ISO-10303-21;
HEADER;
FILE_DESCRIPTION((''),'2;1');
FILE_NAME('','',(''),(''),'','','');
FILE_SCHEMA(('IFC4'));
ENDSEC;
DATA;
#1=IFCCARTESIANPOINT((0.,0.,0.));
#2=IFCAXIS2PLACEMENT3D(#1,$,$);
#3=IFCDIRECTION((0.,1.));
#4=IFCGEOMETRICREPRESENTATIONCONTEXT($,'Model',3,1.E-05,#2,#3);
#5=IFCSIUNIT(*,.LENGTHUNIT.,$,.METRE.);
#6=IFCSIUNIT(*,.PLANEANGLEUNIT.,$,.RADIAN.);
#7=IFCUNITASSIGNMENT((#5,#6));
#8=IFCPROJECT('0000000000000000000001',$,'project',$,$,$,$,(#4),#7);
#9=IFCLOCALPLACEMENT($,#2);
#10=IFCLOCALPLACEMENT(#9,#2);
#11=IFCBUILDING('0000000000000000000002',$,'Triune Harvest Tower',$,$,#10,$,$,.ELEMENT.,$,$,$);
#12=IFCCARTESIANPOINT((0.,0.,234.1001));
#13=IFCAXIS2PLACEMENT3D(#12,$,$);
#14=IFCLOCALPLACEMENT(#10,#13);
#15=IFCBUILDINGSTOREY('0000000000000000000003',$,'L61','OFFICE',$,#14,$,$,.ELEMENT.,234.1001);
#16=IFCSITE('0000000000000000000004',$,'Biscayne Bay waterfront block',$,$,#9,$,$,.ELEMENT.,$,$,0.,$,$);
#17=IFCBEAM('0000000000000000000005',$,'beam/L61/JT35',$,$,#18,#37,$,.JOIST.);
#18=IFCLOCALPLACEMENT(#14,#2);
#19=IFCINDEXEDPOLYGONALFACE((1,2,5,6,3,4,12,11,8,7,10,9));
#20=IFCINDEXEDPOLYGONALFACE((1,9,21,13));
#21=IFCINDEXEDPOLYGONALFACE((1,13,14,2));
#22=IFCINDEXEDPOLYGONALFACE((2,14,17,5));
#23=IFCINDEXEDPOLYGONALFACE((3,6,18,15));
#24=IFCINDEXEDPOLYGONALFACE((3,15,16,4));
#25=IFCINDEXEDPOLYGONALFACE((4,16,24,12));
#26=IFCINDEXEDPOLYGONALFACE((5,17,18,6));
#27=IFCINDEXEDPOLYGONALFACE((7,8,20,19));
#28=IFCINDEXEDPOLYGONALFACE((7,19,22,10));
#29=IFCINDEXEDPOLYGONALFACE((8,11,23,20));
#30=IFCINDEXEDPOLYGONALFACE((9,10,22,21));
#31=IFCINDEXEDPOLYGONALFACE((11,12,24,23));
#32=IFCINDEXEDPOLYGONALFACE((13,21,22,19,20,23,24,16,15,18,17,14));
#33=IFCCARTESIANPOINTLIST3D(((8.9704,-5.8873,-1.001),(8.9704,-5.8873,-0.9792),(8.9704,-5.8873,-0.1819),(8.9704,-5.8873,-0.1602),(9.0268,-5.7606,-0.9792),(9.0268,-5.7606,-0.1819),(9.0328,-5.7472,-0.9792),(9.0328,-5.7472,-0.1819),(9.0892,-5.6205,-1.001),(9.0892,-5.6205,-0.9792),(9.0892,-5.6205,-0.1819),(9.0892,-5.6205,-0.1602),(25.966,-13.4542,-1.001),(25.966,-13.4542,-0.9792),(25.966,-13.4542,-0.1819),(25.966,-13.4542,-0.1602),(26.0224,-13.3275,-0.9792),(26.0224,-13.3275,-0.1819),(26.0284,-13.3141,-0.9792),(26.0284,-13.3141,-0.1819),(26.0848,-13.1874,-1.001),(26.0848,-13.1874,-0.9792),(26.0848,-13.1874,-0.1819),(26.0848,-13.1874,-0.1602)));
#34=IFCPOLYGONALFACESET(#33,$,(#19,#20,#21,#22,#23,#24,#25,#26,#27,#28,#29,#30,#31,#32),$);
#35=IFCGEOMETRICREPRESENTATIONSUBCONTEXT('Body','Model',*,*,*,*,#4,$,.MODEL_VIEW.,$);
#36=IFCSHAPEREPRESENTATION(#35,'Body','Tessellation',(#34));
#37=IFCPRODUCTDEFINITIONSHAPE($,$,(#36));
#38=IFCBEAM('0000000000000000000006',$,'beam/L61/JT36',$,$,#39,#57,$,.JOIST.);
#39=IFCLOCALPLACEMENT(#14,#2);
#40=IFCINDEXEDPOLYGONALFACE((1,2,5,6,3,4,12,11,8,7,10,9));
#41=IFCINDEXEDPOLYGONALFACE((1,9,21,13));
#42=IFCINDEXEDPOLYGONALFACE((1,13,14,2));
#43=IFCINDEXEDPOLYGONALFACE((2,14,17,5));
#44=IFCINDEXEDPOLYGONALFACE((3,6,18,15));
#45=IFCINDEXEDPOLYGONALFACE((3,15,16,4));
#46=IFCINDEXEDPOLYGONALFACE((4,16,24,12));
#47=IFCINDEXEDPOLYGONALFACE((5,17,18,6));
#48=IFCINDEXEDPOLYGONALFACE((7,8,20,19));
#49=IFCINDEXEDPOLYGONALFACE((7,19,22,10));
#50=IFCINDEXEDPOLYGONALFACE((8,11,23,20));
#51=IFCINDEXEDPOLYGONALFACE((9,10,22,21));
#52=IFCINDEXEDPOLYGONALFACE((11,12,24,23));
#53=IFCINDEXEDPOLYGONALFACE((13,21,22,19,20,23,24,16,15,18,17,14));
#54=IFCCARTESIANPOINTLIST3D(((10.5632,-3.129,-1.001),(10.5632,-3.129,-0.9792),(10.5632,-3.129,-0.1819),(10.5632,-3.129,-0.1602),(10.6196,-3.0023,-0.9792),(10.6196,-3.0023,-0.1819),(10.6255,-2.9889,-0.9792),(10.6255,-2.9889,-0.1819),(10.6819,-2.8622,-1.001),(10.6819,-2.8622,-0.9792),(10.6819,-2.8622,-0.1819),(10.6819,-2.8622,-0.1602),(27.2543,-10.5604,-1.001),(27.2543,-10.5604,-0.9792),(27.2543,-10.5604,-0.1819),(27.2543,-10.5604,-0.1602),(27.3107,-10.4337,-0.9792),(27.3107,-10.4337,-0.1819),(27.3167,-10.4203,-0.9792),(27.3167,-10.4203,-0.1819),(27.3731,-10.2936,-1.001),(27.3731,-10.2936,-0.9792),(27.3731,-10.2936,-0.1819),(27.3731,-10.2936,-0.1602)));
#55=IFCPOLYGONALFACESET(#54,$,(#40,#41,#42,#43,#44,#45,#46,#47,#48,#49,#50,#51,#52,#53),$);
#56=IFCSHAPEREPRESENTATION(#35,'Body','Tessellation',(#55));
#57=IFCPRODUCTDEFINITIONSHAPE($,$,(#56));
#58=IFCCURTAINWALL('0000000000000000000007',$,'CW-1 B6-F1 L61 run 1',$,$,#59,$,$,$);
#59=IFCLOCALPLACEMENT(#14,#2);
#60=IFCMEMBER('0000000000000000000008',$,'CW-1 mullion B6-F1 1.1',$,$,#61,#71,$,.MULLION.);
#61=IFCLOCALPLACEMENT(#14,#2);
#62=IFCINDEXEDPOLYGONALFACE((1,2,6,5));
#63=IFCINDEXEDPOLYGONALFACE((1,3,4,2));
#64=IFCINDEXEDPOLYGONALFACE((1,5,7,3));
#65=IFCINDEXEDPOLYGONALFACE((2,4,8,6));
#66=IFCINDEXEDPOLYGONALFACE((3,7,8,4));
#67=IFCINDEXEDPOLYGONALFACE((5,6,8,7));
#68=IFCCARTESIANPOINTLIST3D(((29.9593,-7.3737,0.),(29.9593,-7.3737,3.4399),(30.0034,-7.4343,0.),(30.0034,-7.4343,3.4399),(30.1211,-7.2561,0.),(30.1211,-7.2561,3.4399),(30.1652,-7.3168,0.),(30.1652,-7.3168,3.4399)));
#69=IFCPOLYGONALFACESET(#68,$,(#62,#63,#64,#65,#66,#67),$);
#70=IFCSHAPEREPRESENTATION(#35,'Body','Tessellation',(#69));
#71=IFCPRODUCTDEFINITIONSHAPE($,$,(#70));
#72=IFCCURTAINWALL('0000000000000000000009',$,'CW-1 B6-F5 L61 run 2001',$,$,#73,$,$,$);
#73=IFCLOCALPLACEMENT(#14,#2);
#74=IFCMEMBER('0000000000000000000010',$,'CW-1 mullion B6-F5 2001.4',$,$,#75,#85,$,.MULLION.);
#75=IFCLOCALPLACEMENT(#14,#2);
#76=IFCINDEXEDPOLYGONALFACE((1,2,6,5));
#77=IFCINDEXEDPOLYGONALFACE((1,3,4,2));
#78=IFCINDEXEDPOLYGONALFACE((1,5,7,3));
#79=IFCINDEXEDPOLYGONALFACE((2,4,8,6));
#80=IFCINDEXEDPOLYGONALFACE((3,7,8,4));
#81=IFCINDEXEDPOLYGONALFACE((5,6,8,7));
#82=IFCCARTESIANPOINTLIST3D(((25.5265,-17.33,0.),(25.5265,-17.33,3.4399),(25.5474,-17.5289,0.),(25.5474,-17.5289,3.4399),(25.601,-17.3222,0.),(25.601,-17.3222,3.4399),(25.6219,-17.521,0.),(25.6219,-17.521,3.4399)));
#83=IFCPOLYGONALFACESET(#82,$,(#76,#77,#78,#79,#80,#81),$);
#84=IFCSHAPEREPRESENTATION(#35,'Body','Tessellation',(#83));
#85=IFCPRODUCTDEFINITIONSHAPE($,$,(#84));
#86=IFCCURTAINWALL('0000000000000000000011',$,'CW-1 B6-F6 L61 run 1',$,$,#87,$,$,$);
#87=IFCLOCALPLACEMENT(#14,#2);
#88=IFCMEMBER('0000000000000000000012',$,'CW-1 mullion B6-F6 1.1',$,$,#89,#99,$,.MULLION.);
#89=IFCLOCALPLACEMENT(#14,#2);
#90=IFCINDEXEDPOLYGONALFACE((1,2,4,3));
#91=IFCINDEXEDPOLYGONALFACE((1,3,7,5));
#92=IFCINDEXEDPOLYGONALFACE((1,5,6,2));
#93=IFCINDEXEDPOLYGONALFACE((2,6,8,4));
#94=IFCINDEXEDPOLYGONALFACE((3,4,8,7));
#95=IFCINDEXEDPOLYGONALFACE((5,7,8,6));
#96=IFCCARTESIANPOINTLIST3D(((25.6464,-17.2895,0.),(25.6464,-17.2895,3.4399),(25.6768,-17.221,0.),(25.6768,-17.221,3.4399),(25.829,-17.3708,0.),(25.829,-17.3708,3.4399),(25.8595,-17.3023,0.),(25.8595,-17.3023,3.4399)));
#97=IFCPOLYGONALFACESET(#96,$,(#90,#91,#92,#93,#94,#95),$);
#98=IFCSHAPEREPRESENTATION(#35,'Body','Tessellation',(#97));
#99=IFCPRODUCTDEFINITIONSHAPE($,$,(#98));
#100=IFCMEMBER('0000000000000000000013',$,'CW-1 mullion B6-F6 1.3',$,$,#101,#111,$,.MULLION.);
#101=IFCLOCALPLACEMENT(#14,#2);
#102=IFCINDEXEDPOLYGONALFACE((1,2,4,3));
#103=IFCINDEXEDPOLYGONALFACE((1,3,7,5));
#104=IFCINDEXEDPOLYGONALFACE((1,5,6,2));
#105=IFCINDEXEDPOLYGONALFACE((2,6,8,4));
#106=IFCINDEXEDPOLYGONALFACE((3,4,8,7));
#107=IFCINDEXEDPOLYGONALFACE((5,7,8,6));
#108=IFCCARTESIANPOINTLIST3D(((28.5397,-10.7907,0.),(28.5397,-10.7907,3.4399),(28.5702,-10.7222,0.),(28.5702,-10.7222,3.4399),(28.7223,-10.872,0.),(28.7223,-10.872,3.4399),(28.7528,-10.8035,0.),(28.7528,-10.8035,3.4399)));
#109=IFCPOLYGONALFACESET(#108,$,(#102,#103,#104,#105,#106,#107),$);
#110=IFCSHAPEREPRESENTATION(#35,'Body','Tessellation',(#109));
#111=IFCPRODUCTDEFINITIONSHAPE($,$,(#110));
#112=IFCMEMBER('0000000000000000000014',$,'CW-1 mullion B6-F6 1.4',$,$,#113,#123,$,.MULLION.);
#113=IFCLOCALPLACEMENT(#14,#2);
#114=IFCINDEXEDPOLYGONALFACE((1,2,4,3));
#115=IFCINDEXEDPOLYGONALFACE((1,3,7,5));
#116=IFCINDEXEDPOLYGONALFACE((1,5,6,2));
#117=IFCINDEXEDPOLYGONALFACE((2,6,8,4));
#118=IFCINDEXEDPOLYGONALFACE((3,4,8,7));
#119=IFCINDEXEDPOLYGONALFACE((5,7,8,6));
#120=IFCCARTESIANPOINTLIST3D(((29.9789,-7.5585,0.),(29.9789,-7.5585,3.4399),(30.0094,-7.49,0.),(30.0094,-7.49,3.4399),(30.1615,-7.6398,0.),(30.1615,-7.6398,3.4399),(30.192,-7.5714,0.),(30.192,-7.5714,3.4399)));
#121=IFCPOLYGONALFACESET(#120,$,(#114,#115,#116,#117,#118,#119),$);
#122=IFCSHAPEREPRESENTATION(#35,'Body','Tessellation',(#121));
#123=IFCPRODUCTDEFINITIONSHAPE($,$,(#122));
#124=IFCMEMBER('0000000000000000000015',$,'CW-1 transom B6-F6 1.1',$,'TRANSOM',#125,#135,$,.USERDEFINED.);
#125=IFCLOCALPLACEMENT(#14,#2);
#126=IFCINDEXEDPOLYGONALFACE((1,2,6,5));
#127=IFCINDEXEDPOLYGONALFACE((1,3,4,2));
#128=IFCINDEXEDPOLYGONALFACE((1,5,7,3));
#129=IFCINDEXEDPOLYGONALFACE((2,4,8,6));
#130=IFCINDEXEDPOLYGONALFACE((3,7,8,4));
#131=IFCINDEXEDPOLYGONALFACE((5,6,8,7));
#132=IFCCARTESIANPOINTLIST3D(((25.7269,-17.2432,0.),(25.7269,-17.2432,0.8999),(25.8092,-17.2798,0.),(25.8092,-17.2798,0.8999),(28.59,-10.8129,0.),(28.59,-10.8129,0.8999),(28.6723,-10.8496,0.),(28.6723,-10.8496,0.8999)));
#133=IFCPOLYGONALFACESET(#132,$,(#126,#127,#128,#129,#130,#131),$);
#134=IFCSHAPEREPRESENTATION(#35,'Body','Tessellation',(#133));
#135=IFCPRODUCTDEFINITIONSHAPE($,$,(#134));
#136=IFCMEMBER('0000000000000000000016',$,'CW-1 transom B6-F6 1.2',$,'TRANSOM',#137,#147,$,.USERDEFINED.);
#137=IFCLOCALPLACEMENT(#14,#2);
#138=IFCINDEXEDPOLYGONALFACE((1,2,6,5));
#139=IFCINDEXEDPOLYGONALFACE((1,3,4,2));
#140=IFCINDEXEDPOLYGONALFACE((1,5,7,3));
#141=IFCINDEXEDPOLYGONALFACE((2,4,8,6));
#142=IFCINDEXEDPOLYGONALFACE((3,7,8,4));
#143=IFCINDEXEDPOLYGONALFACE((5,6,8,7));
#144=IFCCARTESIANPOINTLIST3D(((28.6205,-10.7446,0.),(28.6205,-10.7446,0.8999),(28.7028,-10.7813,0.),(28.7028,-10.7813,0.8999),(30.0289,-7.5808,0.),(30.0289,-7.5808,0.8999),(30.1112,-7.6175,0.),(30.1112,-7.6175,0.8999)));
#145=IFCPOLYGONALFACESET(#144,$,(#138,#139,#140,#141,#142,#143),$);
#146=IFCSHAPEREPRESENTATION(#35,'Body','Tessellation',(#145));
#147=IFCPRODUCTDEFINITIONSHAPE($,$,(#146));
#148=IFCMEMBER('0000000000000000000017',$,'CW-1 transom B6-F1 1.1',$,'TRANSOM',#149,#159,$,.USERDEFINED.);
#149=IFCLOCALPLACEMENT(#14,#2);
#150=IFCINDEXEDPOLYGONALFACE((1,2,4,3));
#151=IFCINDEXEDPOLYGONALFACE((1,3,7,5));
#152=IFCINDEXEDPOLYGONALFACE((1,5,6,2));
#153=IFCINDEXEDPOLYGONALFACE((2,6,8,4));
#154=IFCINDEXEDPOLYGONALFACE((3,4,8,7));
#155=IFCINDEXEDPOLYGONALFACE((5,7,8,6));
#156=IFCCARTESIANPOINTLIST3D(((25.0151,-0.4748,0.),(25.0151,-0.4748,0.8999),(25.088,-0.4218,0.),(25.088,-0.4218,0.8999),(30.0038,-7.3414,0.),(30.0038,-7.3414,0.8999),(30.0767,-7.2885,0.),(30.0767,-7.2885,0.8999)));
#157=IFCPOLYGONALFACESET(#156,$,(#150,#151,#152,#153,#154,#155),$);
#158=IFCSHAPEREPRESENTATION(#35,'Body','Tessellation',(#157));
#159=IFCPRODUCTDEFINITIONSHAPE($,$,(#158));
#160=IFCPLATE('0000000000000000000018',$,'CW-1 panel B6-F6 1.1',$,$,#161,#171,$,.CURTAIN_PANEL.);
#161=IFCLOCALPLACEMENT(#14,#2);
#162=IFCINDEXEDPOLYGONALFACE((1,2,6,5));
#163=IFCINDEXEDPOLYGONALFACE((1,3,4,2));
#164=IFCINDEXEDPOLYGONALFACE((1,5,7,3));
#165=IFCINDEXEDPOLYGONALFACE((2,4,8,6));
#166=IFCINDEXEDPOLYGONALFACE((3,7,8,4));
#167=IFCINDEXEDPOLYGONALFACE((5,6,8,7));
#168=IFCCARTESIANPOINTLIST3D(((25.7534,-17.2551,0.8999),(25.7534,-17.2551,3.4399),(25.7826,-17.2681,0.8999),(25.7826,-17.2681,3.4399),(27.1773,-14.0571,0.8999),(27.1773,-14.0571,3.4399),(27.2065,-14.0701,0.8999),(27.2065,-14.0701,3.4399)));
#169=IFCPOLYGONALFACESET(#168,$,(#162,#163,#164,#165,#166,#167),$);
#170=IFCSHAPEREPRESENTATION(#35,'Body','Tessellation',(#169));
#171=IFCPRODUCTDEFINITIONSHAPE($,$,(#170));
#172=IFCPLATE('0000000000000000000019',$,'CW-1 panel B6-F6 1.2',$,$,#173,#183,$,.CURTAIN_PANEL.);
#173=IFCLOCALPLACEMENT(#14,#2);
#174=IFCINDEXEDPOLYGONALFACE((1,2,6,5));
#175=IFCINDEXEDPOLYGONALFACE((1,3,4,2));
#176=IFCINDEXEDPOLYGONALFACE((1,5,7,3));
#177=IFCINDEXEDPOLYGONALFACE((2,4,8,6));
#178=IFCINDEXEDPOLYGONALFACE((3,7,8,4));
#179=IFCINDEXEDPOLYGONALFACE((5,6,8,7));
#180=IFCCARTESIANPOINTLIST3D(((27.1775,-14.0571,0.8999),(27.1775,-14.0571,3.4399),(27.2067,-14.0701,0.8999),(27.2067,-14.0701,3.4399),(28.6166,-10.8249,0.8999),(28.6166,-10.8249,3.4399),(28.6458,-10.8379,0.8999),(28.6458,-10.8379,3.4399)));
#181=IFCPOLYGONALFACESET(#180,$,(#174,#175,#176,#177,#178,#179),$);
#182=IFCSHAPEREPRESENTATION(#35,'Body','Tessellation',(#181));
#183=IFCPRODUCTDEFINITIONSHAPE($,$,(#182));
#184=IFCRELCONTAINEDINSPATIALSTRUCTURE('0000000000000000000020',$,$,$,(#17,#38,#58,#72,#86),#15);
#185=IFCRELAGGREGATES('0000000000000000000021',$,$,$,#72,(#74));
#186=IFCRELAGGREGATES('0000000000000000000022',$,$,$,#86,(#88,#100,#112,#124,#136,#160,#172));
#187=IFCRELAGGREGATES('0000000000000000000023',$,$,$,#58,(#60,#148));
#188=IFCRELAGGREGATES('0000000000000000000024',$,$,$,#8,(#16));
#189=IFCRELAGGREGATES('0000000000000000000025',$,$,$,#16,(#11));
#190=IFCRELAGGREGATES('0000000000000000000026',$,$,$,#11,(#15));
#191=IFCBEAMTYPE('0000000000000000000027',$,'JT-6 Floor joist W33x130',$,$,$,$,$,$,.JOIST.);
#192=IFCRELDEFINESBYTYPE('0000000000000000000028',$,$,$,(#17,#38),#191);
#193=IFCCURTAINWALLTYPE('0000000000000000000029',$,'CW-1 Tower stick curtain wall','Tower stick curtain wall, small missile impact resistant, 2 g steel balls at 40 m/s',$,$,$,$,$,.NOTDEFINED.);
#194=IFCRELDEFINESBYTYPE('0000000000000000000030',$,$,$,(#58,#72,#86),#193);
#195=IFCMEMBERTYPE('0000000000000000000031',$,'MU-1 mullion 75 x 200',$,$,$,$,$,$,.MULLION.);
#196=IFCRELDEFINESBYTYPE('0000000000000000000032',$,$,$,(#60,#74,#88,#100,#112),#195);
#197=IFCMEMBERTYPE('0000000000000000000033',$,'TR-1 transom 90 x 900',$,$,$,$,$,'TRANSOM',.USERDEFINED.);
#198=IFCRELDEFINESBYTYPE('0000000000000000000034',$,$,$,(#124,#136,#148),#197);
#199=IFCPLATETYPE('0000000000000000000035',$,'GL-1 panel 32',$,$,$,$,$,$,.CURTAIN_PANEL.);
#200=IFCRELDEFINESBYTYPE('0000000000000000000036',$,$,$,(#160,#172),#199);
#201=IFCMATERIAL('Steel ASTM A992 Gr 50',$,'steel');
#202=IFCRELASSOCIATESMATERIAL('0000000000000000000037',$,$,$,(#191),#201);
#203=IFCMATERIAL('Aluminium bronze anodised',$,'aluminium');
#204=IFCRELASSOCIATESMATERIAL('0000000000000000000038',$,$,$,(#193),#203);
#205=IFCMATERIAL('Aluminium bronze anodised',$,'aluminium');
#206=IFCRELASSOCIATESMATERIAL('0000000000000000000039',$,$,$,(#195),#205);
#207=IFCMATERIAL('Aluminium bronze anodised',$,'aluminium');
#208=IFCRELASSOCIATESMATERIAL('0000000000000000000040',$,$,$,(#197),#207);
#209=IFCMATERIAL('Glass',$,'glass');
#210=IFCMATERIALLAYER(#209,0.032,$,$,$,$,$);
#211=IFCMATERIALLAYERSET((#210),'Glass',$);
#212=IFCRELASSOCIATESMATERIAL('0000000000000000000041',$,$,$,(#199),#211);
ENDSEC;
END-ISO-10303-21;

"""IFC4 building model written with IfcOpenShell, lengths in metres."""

from ifc_helpers import new_model, si_unit, direction, frame, origin, origin_2d, place, context, subcontext, project, spatial, rectangle, i_section, extrude, source, transform, mapped, material, layer, layer_set, material_profile, profile_set, type_object, element, aggregate, save


model = new_model("IFC4")

# Units and contexts
model_context = context("Model", 3, precision=1e-05, world=origin(), true_north=direction((0.0, 1.0)))
body_context = subcontext(model_context, "Body", "Model", "MODEL_VIEW")
ifc_project = project(units=[si_unit("LENGTHUNIT", "METRE"), si_unit("PLANEANGLEUNIT", "RADIAN")], contexts=[model_context])

# Site, building, storey
site_placement = place(None, origin())
site = spatial("IfcSite", under=ifc_project, at=site_placement, Name="Biscayne Bay waterfront block", CompositionType="ELEMENT", RefElevation=0.0)
building_placement = place(site_placement, origin())
building = spatial("IfcBuilding", under=site, at=building_placement, Name="Triune Harvest Tower", CompositionType="ELEMENT")
storey_placement = place(building_placement, frame((0.0, 0.0, 234.1001)))
storey = spatial("IfcBuildingStorey", under=building, at=storey_placement, Name="L61", Description="OFFICE", CompositionType="ELEMENT", Elevation=234.1001)

# Beams
ifc_material_1 = material(Name="Steel ASTM A992 Gr 50", Category="steel")
ifc_material_profile_1 = material_profile(ifc_material_1, i_section(OverallWidth=0.292, OverallDepth=0.8408, WebThickness=0.0146, FlangeThickness=0.0217, at=origin_2d()), Name="W33x130")
ifc_profile_set_1 = profile_set([ifc_material_profile_1], Name="Steel ASTM A992 Gr 50")
beam_type_1 = type_object("IfcBeamType", Name="JT-6 Floor joist W33x130", PredefinedType="JOIST", material=ifc_profile_set_1)
shared_shape_1 = source(origin(), body_context, "Body", "SweptSolid", [
    extrude(i_section(OverallWidth=0.292, OverallDepth=0.8408, WebThickness=0.0146, FlangeThickness=0.0217, at=origin_2d()), origin(), (0.0, 0.0, 1.0), 18.604),
])
beam_1_placement = place(storey_placement, frame((26.0254, -13.3208, -0.5806), z_axis=(-0.913546, 0.406735, 0.0), x_axis=(-0.406735, -0.913546, 0.0)))
element("IfcBeam", 1, at=beam_1_placement, inside=storey, type_object=beam_type_1, Name="beam/L61/JT35", PredefinedType="JOIST", context=body_context, shape_type="MappedRepresentation", body=[
    mapped(shared_shape_1, transform((0.0, 0.0, 0.0), scale=1.0)),
])
shared_shape_2 = source(origin(), body_context, "Body", "SweptSolid", [
    extrude(i_section(OverallWidth=0.292, OverallDepth=0.8408, WebThickness=0.0146, FlangeThickness=0.0217, at=origin_2d()), origin(), (0.0, 0.0, 1.0), 18.2708),
])
beam_2_placement = place(storey_placement, frame((27.3137, -10.427, -0.5806), z_axis=(-0.913545, 0.406737, 0.0), x_axis=(-0.406737, -0.913545, 0.0)))
element("IfcBeam", 2, at=beam_2_placement, inside=storey, type_object=beam_type_1, Name="beam/L61/JT36", PredefinedType="JOIST", context=body_context, shape_type="MappedRepresentation", body=[
    mapped(shared_shape_2, transform((0.0, 0.0, 0.0), scale=1.0)),
])

# Curtain walls, members
ifc_material_2 = material(Name="Aluminium bronze anodised", Category="aluminium")
curtain_wall_type = type_object("IfcCurtainWallType", Name="CW-1 Tower stick curtain wall", Description="Tower stick curtain wall, small missile impact resistant, 2 g steel balls at 40 m/s", PredefinedType="NOTDEFINED", material=ifc_material_2)
curtain_wall_1_placement = place(storey_placement, origin())
curtain_wall_1 = element("IfcCurtainWall", 3, at=curtain_wall_1_placement, inside=storey, type_object=curtain_wall_type, Name="CW-1 B6-F1 L61 run 1")
ifc_material_3 = material(Name="Aluminium bronze anodised", Category="aluminium")
ifc_material_profile_2 = material_profile(ifc_material_3, rectangle(XDim=0.2, YDim=0.075, at=origin_2d()), Name="MU-1 mullion 75 x 200")
ifc_profile_set_2 = profile_set([ifc_material_profile_2], Name="Aluminium bronze anodised")
member_type_1 = type_object("IfcMemberType", Name="MU-1 mullion 75 x 200", PredefinedType="MULLION", material=ifc_profile_set_2)
shared_shape_3 = source(origin(), body_context, "Body", "SweptSolid", [
    extrude(rectangle(XDim=0.2, YDim=0.075, at=origin_2d()), origin(), (0.0, 0.0, 1.0), 3.4399),
])
member_1_placement = place(storey_placement, frame((30.0623, -7.3452, 0.0), z_axis=(0.0, 0.0, 1.0), x_axis=(-0.809016, -0.587786, 0.0)))
member_1 = element("IfcMember", 4, at=member_1_placement, type_object=member_type_1, Name="CW-1 mullion B6-F1 1.1", PredefinedType="MULLION", context=body_context, shape_type="MappedRepresentation", body=[
    mapped(shared_shape_3, transform((0.0, 0.0, 0.0), scale=1.0)),
])
curtain_wall_2_placement = place(storey_placement, origin())
curtain_wall_2 = element("IfcCurtainWall", 5, at=curtain_wall_2_placement, inside=storey, type_object=curtain_wall_type, Name="CW-1 B6-F5 L61 run 2001")
member_2_placement = place(storey_placement, frame((25.5742, -17.4255, 0.0), z_axis=(0.0, 0.0, 1.0), x_axis=(-0.104526, 0.994522, 0.0)))
member_2 = element("IfcMember", 6, at=member_2_placement, type_object=member_type_1, Name="CW-1 mullion B6-F5 2001.4", PredefinedType="MULLION", context=body_context, shape_type="MappedRepresentation", body=[
    mapped(shared_shape_3, transform((0.0, 0.0, 0.0), scale=1.0)),
])
aggregate(curtain_wall_2, [member_2])

# Curtain wall, members
curtain_wall_3_placement = place(storey_placement, origin())
curtain_wall_3 = element("IfcCurtainWall", 7, at=curtain_wall_3_placement, inside=storey, type_object=curtain_wall_type, Name="CW-1 B6-F6 L61 run 1")
member_3_placement = place(storey_placement, frame((25.7529, -17.2959, 0.0), z_axis=(0.0, 0.0, 1.0), x_axis=(-0.913543, 0.406743, 0.0)))
member_3 = element("IfcMember", 8, at=member_3_placement, type_object=member_type_1, Name="CW-1 mullion B6-F6 1.1", PredefinedType="MULLION", context=body_context, shape_type="MappedRepresentation", body=[
    mapped(shared_shape_3, transform((0.0, 0.0, 0.0), scale=1.0)),
])
member_4_placement = place(storey_placement, frame((28.6462, -10.7971, 0.0), z_axis=(0.0, 0.0, 1.0), x_axis=(-0.913543, 0.406743, 0.0)))
member_4 = element("IfcMember", 9, at=member_4_placement, type_object=member_type_1, Name="CW-1 mullion B6-F6 1.3", PredefinedType="MULLION", context=body_context, shape_type="MappedRepresentation", body=[
    mapped(shared_shape_3, transform((0.0, 0.0, 0.0), scale=1.0)),
])
member_5_placement = place(storey_placement, frame((30.0854, -7.5649, 0.0), z_axis=(0.0, 0.0, 1.0), x_axis=(-0.913543, 0.406743, 0.0)))
member_5 = element("IfcMember", 10, at=member_5_placement, type_object=member_type_1, Name="CW-1 mullion B6-F6 1.4", PredefinedType="MULLION", context=body_context, shape_type="MappedRepresentation", body=[
    mapped(shared_shape_3, transform((0.0, 0.0, 0.0), scale=1.0)),
])
ifc_material_4 = material(Name="Aluminium bronze anodised", Category="aluminium")
ifc_material_profile_3 = material_profile(ifc_material_4, rectangle(XDim=0.0901, YDim=0.8999, at=origin_2d()), Name="TR-1 transom 90 x 900")
ifc_profile_set_3 = profile_set([ifc_material_profile_3], Name="Aluminium bronze anodised")
member_type_2 = type_object("IfcMemberType", Name="TR-1 transom 90 x 900", ElementType="TRANSOM", PredefinedType="USERDEFINED", material=ifc_profile_set_3)
shared_shape_4 = source(origin(), body_context, "Body", "SweptSolid", [
    extrude(rectangle(XDim=0.0901, YDim=0.8999, at=origin_2d()), origin(), (0.0, 0.0, 1.0), 7.0388),
])
member_6_placement = place(storey_placement, frame((25.7681, -17.2615, 0.45), z_axis=(0.406753, 0.913538, 0.0), x_axis=(-0.913538, 0.406753, 0.0)))
member_6 = element("IfcMember", 11, at=member_6_placement, type_object=member_type_2, Name="CW-1 transom B6-F6 1.1", ObjectType="TRANSOM", PredefinedType="USERDEFINED", context=body_context, shape_type="MappedRepresentation", body=[
    mapped(shared_shape_4, transform((0.0, 0.0, 0.0), scale=1.0)),
])
shared_shape_5 = source(origin(), body_context, "Body", "SweptSolid", [
    extrude(rectangle(XDim=0.0901, YDim=0.8999, at=origin_2d()), origin(), (0.0, 0.0, 1.0), 3.4631),
])
member_7_placement = place(storey_placement, frame((28.6616, -10.7629, 0.45), z_axis=(0.406694, 0.913564, 0.0), x_axis=(-0.913564, 0.406694, 0.0)))
member_7 = element("IfcMember", 12, at=member_7_placement, type_object=member_type_2, Name="CW-1 transom B6-F6 1.2", ObjectType="TRANSOM", PredefinedType="USERDEFINED", context=body_context, shape_type="MappedRepresentation", body=[
    mapped(shared_shape_5, transform((0.0, 0.0, 0.0), scale=1.0)),
])

# Member
shared_shape_6 = source(origin(), body_context, "Body", "SweptSolid", [
    extrude(rectangle(XDim=0.0901, YDim=0.8999, at=origin_2d()), origin(), (0.0, 0.0, 1.0), 8.4875),
])
member_8_placement = place(storey_placement, frame((30.0403, -7.3149, 0.45), z_axis=(-0.587771, 0.809027, 0.0), x_axis=(-0.809027, -0.587771, 0.0)))
member_8 = element("IfcMember", 13, at=member_8_placement, type_object=member_type_2, Name="CW-1 transom B6-F1 1.1", ObjectType="TRANSOM", PredefinedType="USERDEFINED", context=body_context, shape_type="MappedRepresentation", body=[
    mapped(shared_shape_6, transform((0.0, 0.0, 0.0), scale=1.0)),
])

# Plates
ifc_material_5 = material(Name="Glass", Category="glass")
ifc_layer = layer(ifc_material_5, 0.032)
ifc_layer_set = layer_set([ifc_layer], Name="Glass")
plate_type = type_object("IfcPlateType", Name="GL-1 panel 32", PredefinedType="CURTAIN_PANEL", material=ifc_layer_set)
shared_shape_7 = source(origin(), body_context, "Body", "SweptSolid", [
    extrude(rectangle(XDim=3.5007, YDim=0.032, at=origin_2d()), origin(), (0.0, 0.0, 1.0), 2.54),
])
plate_1_placement = place(storey_placement, frame((26.48, -15.6626, 0.8999), z_axis=(0.0, 0.0, 1.0), x_axis=(0.406743, 0.913543, 0.0)))
plate_1 = element("IfcPlate", 14, at=plate_1_placement, type_object=plate_type, Name="CW-1 panel B6-F6 1.1", PredefinedType="CURTAIN_PANEL", context=body_context, shape_type="MappedRepresentation", body=[
    mapped(shared_shape_7, transform((0.0, 0.0, 0.0), scale=1.0)),
])
shared_shape_8 = source(origin(), body_context, "Body", "SweptSolid", [
    extrude(rectangle(XDim=3.5381, YDim=0.032, at=origin_2d()), origin(), (0.0, 0.0, 1.0), 2.54),
])
plate_2_placement = place(storey_placement, frame((27.9116, -12.4475, 0.8999), z_axis=(0.0, 0.0, 1.0), x_axis=(0.406743, 0.913543, 0.0)))
plate_2 = element("IfcPlate", 15, at=plate_2_placement, type_object=plate_type, Name="CW-1 panel B6-F6 1.2", PredefinedType="CURTAIN_PANEL", context=body_context, shape_type="MappedRepresentation", body=[
    mapped(shared_shape_8, transform((0.0, 0.0, 0.0), scale=1.0)),
])
aggregate(curtain_wall_3, [member_3, member_4, member_5, member_6, member_7, plate_1, plate_2])
aggregate(curtain_wall_1, [member_1, member_8])

save(model, "model.ifc")
